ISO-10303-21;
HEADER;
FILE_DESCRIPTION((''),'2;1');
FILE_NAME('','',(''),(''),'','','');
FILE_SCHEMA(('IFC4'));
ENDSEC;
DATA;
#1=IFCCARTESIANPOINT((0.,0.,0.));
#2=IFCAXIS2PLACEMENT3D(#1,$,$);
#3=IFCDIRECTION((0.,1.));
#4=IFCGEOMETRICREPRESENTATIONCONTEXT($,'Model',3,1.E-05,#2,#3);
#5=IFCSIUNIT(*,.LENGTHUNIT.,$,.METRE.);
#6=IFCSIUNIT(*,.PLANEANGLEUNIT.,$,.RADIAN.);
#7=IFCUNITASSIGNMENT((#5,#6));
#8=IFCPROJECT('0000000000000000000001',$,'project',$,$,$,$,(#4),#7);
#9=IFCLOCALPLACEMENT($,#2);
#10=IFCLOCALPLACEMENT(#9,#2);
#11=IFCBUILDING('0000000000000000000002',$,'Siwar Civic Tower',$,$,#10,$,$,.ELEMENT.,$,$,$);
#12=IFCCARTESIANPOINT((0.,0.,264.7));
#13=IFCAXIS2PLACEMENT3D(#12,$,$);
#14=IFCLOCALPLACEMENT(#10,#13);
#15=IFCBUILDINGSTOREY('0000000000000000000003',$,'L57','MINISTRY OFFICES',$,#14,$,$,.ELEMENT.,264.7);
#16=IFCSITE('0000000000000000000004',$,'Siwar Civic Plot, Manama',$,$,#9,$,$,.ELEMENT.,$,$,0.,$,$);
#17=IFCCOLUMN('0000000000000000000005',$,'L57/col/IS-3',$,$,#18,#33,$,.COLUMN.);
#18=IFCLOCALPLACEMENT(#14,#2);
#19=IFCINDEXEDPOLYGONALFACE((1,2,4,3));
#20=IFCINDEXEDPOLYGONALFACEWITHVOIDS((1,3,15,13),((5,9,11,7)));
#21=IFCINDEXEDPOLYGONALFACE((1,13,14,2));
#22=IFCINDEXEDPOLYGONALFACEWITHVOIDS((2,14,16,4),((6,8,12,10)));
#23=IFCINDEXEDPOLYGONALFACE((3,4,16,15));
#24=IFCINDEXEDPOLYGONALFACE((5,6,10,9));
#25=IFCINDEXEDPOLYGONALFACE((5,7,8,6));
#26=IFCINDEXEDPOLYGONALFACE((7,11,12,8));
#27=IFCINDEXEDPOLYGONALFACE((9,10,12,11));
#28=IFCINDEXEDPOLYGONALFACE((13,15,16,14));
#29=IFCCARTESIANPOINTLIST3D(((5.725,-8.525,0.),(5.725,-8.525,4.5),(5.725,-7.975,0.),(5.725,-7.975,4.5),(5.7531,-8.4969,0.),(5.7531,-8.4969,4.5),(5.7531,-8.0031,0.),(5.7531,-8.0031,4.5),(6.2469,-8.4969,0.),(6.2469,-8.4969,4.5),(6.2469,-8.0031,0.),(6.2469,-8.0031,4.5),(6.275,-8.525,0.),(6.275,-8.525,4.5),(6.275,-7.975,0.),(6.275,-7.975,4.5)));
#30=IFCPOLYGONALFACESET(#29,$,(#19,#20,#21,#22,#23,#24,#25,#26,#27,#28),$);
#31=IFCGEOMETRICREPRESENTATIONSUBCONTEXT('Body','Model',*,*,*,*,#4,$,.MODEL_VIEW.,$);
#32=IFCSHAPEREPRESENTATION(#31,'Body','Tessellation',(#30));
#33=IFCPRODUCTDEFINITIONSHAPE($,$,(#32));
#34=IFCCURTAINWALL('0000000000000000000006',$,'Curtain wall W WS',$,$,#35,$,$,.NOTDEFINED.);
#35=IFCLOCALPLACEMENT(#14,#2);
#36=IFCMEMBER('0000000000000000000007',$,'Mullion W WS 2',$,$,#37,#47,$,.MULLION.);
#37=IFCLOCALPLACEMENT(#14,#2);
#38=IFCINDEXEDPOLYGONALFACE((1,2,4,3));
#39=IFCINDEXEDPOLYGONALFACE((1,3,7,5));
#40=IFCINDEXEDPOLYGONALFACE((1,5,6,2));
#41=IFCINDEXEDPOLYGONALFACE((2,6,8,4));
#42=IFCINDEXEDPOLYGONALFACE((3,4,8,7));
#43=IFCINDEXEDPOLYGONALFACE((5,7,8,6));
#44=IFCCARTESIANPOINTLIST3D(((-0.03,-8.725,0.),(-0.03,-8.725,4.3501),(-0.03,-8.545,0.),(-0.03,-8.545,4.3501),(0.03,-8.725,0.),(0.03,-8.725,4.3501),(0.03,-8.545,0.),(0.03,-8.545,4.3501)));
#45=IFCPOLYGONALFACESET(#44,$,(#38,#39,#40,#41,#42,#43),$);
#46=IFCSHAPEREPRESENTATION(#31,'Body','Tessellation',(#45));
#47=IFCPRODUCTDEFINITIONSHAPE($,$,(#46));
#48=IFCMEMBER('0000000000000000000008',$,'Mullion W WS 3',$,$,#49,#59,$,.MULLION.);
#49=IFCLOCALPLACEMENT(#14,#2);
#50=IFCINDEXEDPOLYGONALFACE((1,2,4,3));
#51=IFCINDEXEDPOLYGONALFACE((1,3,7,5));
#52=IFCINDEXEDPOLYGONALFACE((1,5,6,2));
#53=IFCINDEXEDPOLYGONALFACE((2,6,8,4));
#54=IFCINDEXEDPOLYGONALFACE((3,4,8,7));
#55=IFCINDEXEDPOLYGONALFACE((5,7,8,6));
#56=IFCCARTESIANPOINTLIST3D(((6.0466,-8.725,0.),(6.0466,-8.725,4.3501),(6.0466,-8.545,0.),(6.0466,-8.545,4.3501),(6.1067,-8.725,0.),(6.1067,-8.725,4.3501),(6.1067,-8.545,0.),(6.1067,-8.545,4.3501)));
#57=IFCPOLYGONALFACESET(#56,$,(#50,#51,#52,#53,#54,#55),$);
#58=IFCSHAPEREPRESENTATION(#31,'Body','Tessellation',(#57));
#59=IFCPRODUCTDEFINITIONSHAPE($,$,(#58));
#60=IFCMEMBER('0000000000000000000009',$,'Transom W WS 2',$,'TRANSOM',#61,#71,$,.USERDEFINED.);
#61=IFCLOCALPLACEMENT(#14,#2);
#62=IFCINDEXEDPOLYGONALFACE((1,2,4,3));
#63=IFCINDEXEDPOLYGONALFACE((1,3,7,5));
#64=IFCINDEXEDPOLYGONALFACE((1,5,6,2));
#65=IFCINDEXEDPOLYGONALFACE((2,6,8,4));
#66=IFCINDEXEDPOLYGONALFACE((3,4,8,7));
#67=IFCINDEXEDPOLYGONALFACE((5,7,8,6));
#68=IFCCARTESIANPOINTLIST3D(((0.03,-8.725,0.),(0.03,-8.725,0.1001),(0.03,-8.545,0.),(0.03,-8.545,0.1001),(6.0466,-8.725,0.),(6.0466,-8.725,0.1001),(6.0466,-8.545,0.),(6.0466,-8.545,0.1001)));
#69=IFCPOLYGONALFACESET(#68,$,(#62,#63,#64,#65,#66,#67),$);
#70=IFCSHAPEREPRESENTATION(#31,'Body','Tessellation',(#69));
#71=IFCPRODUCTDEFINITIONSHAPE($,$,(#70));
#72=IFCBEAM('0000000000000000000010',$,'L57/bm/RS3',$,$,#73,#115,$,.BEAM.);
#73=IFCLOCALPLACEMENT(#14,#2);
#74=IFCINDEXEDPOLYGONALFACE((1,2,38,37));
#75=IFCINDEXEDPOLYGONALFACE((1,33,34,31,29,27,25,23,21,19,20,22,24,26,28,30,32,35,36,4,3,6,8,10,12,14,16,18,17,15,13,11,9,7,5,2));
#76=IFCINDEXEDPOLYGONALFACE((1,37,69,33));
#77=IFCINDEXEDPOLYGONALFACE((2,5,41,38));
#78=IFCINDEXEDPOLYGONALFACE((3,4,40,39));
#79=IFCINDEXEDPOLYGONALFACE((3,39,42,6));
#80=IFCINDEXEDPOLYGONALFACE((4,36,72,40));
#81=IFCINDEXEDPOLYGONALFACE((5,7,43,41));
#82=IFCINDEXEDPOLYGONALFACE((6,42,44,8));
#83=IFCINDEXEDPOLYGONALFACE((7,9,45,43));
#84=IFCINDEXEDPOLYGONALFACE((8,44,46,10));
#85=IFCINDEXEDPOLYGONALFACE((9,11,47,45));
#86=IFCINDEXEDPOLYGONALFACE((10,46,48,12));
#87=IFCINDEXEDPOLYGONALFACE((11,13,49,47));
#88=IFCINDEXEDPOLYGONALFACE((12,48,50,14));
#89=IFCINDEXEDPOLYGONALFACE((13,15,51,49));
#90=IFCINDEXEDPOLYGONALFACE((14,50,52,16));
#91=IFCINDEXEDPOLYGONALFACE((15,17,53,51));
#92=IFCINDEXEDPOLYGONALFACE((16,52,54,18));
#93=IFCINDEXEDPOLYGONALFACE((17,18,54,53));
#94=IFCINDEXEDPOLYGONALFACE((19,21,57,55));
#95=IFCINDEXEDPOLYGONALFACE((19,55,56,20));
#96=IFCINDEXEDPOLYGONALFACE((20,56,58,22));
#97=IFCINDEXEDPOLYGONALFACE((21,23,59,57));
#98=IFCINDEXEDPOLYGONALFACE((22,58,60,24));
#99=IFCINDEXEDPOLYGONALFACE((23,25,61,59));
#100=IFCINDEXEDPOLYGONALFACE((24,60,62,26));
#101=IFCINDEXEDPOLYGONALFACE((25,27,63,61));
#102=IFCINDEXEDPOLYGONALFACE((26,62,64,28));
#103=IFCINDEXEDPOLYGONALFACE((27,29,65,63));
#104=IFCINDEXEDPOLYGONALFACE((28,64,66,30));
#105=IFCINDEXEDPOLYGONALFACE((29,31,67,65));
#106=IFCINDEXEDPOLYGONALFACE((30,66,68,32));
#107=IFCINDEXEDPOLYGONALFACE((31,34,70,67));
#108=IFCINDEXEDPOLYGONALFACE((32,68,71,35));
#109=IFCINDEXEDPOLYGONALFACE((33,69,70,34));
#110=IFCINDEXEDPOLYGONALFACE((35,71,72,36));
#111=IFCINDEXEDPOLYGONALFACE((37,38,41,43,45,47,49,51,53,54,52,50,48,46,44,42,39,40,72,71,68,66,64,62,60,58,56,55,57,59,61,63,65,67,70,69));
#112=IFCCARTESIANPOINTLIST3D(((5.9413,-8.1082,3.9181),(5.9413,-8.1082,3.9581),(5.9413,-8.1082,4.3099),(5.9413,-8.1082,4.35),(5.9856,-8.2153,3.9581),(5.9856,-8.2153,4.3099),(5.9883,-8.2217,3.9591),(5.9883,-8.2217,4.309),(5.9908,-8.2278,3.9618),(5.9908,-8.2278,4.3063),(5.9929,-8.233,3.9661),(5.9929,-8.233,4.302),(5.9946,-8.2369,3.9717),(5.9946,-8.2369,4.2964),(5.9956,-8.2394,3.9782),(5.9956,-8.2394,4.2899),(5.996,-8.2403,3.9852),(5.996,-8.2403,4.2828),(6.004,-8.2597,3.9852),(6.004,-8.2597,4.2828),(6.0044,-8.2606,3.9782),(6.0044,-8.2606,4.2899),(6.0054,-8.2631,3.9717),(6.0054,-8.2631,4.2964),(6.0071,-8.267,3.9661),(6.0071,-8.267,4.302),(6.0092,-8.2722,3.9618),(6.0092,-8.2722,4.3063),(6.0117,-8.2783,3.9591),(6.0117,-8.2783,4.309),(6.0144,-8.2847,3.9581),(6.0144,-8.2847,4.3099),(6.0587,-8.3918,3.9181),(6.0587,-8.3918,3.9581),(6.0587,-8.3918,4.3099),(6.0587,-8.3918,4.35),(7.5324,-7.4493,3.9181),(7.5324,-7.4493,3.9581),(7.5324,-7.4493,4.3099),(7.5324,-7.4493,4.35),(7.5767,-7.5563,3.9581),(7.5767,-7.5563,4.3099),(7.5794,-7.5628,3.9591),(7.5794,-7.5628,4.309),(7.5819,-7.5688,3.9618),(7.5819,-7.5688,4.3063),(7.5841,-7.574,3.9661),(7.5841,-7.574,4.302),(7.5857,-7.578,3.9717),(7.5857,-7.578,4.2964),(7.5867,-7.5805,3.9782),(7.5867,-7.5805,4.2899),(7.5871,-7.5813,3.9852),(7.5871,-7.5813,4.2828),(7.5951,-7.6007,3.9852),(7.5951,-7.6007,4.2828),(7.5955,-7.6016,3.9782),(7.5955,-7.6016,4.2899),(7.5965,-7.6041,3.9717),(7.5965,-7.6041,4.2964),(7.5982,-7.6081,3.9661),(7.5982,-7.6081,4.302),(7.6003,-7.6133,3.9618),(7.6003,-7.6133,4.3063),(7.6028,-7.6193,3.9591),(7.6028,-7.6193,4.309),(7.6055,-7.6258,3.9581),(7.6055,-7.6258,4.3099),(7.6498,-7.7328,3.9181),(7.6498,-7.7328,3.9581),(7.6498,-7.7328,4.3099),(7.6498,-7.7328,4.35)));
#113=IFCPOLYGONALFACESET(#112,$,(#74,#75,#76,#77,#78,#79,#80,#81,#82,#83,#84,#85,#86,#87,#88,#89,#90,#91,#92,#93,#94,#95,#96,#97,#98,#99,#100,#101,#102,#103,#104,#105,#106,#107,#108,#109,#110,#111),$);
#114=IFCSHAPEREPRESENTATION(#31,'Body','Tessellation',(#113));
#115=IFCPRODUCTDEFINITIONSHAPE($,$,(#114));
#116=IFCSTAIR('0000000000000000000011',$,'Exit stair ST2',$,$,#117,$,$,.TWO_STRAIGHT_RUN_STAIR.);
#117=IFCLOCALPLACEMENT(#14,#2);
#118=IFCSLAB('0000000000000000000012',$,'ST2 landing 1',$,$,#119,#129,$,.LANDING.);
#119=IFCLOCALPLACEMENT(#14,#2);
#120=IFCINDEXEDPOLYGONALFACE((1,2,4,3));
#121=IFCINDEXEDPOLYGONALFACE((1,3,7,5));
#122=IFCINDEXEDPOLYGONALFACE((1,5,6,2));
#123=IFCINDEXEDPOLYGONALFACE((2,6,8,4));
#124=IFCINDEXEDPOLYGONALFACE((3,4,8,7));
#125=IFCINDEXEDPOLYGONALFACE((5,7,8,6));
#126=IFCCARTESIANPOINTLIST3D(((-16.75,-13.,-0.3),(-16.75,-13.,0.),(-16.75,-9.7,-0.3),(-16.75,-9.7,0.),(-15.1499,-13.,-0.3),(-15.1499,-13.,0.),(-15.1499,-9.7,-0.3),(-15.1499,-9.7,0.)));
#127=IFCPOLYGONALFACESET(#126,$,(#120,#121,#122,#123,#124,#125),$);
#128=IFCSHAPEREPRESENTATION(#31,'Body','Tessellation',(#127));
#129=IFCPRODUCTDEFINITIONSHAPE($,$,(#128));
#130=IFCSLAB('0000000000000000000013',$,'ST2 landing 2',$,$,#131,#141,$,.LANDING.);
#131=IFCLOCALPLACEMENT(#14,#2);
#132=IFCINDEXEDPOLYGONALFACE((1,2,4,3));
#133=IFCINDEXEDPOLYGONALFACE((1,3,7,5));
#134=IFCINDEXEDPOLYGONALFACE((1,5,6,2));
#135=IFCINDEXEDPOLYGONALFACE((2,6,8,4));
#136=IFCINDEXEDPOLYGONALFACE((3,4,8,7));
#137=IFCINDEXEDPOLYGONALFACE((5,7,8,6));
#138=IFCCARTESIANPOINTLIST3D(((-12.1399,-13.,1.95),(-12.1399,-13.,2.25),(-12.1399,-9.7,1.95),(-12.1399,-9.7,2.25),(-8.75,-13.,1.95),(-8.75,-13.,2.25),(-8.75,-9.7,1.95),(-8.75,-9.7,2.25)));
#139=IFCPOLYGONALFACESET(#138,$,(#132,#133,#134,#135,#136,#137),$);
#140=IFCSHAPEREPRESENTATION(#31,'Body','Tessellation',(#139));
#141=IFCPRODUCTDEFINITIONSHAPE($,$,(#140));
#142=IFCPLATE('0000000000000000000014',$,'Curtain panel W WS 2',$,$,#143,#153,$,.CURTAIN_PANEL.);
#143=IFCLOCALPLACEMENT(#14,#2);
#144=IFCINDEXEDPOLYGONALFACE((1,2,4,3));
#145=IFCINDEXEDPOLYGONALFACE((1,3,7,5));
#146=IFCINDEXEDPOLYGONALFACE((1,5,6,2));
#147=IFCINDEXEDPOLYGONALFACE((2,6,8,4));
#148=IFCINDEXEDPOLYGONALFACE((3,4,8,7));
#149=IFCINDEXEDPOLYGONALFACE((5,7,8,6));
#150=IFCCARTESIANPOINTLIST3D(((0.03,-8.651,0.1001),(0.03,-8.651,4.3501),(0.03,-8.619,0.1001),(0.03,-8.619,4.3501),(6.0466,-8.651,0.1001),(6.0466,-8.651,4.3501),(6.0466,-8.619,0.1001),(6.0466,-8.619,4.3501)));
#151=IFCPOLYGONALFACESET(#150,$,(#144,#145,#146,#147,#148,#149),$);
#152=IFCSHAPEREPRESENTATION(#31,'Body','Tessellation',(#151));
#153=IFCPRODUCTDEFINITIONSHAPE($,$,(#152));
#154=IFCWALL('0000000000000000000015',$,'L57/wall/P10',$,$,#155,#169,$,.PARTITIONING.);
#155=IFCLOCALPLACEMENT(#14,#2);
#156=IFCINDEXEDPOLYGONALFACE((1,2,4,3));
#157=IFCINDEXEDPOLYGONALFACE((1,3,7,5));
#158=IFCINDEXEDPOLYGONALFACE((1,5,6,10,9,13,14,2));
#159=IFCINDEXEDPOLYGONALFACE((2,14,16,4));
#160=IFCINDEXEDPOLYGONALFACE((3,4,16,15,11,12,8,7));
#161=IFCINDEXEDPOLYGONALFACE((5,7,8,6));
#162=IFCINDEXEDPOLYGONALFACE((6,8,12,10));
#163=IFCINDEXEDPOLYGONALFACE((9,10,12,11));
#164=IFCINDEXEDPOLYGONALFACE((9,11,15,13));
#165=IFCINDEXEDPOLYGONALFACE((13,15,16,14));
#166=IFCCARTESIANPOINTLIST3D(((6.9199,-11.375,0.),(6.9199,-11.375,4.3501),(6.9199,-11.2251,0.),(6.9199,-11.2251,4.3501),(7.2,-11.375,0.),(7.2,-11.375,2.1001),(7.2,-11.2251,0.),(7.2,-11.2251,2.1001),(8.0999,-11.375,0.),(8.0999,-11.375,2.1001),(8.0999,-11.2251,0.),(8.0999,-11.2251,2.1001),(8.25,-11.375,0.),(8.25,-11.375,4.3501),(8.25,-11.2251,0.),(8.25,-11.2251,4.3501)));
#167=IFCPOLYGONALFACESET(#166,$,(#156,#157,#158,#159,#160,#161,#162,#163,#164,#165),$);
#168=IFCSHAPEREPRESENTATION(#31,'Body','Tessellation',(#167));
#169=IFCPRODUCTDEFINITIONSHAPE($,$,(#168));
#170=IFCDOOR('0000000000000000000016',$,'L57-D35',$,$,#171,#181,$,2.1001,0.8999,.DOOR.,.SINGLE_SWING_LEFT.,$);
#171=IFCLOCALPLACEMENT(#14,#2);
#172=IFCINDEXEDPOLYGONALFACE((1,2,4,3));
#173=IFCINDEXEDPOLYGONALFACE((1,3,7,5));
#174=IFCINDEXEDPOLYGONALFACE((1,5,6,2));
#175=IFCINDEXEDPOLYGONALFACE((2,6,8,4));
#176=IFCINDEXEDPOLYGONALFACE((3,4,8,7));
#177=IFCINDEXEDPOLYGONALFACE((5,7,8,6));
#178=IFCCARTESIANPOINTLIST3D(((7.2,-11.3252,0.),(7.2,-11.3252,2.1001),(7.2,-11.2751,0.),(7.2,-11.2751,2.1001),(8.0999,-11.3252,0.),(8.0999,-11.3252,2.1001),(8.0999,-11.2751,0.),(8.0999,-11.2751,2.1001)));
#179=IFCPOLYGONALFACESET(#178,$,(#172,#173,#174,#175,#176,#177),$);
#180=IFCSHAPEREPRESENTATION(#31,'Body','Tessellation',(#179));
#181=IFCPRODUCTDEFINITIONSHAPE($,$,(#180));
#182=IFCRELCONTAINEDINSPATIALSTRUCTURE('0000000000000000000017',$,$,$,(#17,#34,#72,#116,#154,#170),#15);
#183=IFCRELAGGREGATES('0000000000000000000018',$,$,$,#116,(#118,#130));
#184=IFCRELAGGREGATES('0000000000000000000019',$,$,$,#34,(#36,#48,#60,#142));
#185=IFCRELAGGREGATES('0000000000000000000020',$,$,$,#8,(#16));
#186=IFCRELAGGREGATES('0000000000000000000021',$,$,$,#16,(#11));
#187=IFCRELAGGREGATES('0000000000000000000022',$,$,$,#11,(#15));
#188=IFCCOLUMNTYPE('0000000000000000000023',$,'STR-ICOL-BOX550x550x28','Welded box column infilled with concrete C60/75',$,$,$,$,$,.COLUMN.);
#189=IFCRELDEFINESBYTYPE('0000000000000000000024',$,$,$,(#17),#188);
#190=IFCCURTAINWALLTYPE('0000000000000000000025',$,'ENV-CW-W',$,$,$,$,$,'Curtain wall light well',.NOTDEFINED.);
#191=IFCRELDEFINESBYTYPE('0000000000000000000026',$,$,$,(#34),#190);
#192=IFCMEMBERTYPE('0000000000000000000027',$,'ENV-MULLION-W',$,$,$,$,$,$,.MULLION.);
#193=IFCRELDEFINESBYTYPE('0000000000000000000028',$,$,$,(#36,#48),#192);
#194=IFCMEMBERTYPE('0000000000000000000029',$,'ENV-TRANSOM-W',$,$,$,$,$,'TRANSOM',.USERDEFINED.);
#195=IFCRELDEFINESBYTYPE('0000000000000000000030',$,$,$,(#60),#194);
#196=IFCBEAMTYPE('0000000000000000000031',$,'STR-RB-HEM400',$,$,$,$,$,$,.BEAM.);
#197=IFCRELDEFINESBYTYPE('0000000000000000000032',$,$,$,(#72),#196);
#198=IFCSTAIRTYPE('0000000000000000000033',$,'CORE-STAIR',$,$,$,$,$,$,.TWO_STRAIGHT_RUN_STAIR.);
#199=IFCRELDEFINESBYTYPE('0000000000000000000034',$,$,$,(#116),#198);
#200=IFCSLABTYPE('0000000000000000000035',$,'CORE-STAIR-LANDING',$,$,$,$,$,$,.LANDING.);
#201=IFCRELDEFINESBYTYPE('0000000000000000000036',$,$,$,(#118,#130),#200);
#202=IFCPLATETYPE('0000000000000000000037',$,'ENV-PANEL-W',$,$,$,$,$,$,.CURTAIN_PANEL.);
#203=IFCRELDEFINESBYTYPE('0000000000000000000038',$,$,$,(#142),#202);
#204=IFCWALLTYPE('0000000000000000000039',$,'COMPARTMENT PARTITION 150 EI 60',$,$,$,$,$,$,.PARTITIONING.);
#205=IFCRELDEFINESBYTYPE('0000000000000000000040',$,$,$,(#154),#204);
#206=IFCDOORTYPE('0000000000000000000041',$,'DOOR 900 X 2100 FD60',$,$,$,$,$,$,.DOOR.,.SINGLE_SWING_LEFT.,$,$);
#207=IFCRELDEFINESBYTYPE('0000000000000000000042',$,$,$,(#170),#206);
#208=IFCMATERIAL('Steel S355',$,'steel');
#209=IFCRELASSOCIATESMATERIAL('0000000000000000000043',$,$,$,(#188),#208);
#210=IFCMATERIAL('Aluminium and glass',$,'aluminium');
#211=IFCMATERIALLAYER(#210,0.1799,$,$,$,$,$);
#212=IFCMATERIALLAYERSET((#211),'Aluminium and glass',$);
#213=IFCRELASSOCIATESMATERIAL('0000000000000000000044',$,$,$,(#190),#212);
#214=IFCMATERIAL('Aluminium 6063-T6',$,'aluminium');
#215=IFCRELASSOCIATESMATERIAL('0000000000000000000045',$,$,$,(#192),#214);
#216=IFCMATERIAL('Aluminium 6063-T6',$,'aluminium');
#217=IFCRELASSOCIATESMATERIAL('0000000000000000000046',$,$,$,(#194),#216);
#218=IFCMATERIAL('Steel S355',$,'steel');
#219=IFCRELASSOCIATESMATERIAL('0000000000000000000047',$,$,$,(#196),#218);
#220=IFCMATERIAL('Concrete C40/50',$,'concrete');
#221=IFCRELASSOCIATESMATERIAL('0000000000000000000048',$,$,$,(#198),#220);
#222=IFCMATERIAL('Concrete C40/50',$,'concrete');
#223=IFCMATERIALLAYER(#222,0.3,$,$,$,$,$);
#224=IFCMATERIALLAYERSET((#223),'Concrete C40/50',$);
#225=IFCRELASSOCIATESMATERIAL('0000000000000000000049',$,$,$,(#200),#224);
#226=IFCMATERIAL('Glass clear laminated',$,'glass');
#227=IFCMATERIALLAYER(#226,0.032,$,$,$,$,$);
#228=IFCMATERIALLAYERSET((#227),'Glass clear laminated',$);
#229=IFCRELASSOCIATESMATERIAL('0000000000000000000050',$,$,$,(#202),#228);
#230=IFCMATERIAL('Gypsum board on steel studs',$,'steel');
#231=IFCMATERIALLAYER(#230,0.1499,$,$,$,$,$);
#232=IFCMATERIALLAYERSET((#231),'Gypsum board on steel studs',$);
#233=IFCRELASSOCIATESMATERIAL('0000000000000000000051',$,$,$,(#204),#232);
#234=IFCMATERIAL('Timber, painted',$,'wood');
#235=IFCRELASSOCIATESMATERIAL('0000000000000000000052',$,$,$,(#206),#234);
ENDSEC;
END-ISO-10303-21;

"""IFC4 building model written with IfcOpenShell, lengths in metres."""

from ifc_helpers import new_model, si_unit, direction, frame, frame_2d, origin, origin_2d, place, context, subcontext, project, spatial, polyline, rectangle, hollow_rectangle, i_section, outline, extrude, material, layer, layer_set, material_profile, profile_set, type_object, element, fill, aggregate, save


model = new_model("IFC4")

# Units and contexts
model_context = context("Model", 3, precision=1e-05, world=origin(), true_north=direction((0.0, 1.0)))
body_context = subcontext(model_context, "Body", "Model", "MODEL_VIEW")
ifc_project = project(units=[si_unit("LENGTHUNIT", "METRE"), si_unit("PLANEANGLEUNIT", "RADIAN")], contexts=[model_context])

# Site, building, storey
site_placement = place(None, origin())
site = spatial("IfcSite", under=ifc_project, at=site_placement, Name="Siwar Civic Plot, Manama", CompositionType="ELEMENT", RefElevation=0.0)
building_placement = place(site_placement, origin())
building = spatial("IfcBuilding", under=site, at=building_placement, Name="Siwar Civic Tower", CompositionType="ELEMENT")
storey_placement = place(building_placement, frame((0.0, 0.0, 264.7)))
storey = spatial("IfcBuildingStorey", under=building, at=storey_placement, Name="L57", Description="MINISTRY OFFICES", CompositionType="ELEMENT", Elevation=264.7)

# Column
ifc_material_1 = material(Name="Steel S355", Category="steel")
ifc_material_profile_1 = material_profile(ifc_material_1, hollow_rectangle(XDim=0.55, YDim=0.55, WallThickness=0.0281, at=origin_2d()), Name="BOX550x550x28")
ifc_profile_set_1 = profile_set([ifc_material_profile_1], Name="Steel S355")
column_type = type_object("IfcColumnType", Name="STR-ICOL-BOX550x550x28", Description="Welded box column infilled with concrete C60/75", PredefinedType="COLUMN", material=ifc_profile_set_1)
column_placement = place(storey_placement, frame((6.0, -8.25, 0.0), z_axis=(0.0, 0.0, 1.0), x_axis=(1.0, 0.0, 0.0)))
element("IfcColumn", 1, at=column_placement, inside=storey, type_object=column_type, Name="L57/col/IS-3", PredefinedType="COLUMN", context=body_context, shape_type="SweptSolid", body=[
    extrude(hollow_rectangle(XDim=0.55, YDim=0.55, WallThickness=0.0281, at=origin_2d()), origin(), (0.0, 0.0, 1.0), 4.5),
])

# Curtain wall, members
ifc_material_2 = material(Name="Aluminium and glass", Category="aluminium")
ifc_layer_1 = layer(ifc_material_2, 0.1799)
ifc_layer_set_1 = layer_set([ifc_layer_1], Name="Aluminium and glass")
curtain_wall_type = type_object("IfcCurtainWallType", Name="ENV-CW-W", ElementType="Curtain wall light well", PredefinedType="NOTDEFINED", material=ifc_layer_set_1)
curtain_wall_placement = place(storey_placement, origin())
curtain_wall = element("IfcCurtainWall", 2, at=curtain_wall_placement, inside=storey, type_object=curtain_wall_type, Name="Curtain wall W WS", PredefinedType="NOTDEFINED")
ifc_material_3 = material(Name="Aluminium 6063-T6", Category="aluminium")
ifc_material_profile_2 = material_profile(ifc_material_3, rectangle(XDim=0.1799, YDim=0.0601, at=origin_2d()), Name="AL 180x60")
ifc_profile_set_2 = profile_set([ifc_material_profile_2], Name="Aluminium 6063-T6")
member_type_1 = type_object("IfcMemberType", Name="ENV-MULLION-W", PredefinedType="MULLION", material=ifc_profile_set_2)
member_1_placement = place(storey_placement, frame((0.0, -8.635, 0.0), z_axis=(0.0, 0.0, 1.0), x_axis=(0.0, 1.0, 0.0)))
member_1 = element("IfcMember", 3, at=member_1_placement, type_object=member_type_1, Name="Mullion W WS 2", PredefinedType="MULLION", context=body_context, shape_type="SweptSolid", body=[
    extrude(rectangle(XDim=0.1799, YDim=0.0601, at=origin_2d()), origin(), (0.0, 0.0, 1.0), 4.3501),
])
member_2_placement = place(storey_placement, frame((6.0767, -8.635, 0.0), z_axis=(0.0, 0.0, 1.0), x_axis=(0.0, 1.0, 0.0)))
member_2 = element("IfcMember", 4, at=member_2_placement, type_object=member_type_1, Name="Mullion W WS 3", PredefinedType="MULLION", context=body_context, shape_type="SweptSolid", body=[
    extrude(rectangle(XDim=0.1799, YDim=0.0601, at=origin_2d()), origin(), (0.0, 0.0, 1.0), 4.3501),
])
ifc_material_4 = material(Name="Aluminium 6063-T6", Category="aluminium")
ifc_material_profile_3 = material_profile(ifc_material_4, rectangle(XDim=0.1799, YDim=0.1001, at=origin_2d()), Name="AL 180x100")
ifc_profile_set_3 = profile_set([ifc_material_profile_3], Name="Aluminium 6063-T6")
member_type_2 = type_object("IfcMemberType", Name="ENV-TRANSOM-W", ElementType="TRANSOM", PredefinedType="USERDEFINED", material=ifc_profile_set_3)
member_3_placement = place(storey_placement, frame((0.03, -8.635, 0.05), z_axis=(1.0, 0.0, 0.0), x_axis=(0.0, 1.0, 0.0)))
member_3 = element("IfcMember", 5, at=member_3_placement, type_object=member_type_2, Name="Transom W WS 2", ObjectType="TRANSOM", PredefinedType="USERDEFINED", context=body_context, shape_type="SweptSolid", body=[
    extrude(rectangle(XDim=0.1799, YDim=0.1001, at=origin_2d()), origin(), (0.0, 0.0, 1.0), 6.0166),
])

# Beam
ifc_material_5 = material(Name="Steel S355", Category="steel")
ifc_material_profile_4 = material_profile(ifc_material_5, i_section(OverallWidth=0.3069, OverallDepth=0.4319, WebThickness=0.021, FlangeThickness=0.04, FilletRadius=0.0271, at=origin_2d()), Name="HEM400")
ifc_profile_set_4 = profile_set([ifc_material_profile_4], Name="Steel S355")
beam_type = type_object("IfcBeamType", Name="STR-RB-HEM400", PredefinedType="BEAM", material=ifc_profile_set_4)
beam_placement = place(storey_placement, frame((6.0, -8.25, 4.134), z_axis=(0.923901, 0.382631, 0.0), x_axis=(-0.382631, 0.923901, 0.0)))
element("IfcBeam", 6, at=beam_placement, inside=storey, type_object=beam_type, Name="L57/bm/RS3", PredefinedType="BEAM", context=body_context, shape_type="SweptSolid", body=[
    extrude(i_section(OverallWidth=0.3069, OverallDepth=0.4319, WebThickness=0.021, FlangeThickness=0.04, FilletRadius=0.0271, at=origin_2d()), origin(), (0.0, 0.0, 1.0), 1.7222),
])

# Stair, slabs
ifc_material_6 = material(Name="Concrete C40/50", Category="concrete")
stair_type = type_object("IfcStairType", Name="CORE-STAIR", PredefinedType="TWO_STRAIGHT_RUN_STAIR", material=ifc_material_6)
stair_placement = place(storey_placement, origin())
stair = element("IfcStair", 7, at=stair_placement, inside=storey, type_object=stair_type, Name="Exit stair ST2", PredefinedType="TWO_STRAIGHT_RUN_STAIR")
ifc_material_7 = material(Name="Concrete C40/50", Category="concrete")
ifc_layer_2 = layer(ifc_material_7, 0.3)
ifc_layer_set_2 = layer_set([ifc_layer_2], Name="Concrete C40/50")
slab_type = type_object("IfcSlabType", Name="CORE-STAIR-LANDING", PredefinedType="LANDING", material=ifc_layer_set_2)
slab_1_placement = place(storey_placement, frame((0.0, 0.0, -0.3)))
slab_1 = element("IfcSlab", 8, at=slab_1_placement, type_object=slab_type, Name="ST2 landing 1", PredefinedType="LANDING", context=body_context, shape_type="SweptSolid", body=[
    extrude(outline(polyline([(-15.1499, -9.7), (-16.75, -9.7), (-16.75, -13.0), (-15.1499, -13.0), (-15.1499, -9.7)])), origin(), (0.0, 0.0, 1.0), 0.3),
])
slab_2_placement = place(storey_placement, frame((0.0, 0.0, 1.95)))
slab_2 = element("IfcSlab", 9, at=slab_2_placement, type_object=slab_type, Name="ST2 landing 2", PredefinedType="LANDING", context=body_context, shape_type="SweptSolid", body=[
    extrude(outline(polyline([(-8.75, -9.7), (-12.1399, -9.7), (-12.1399, -13.0), (-8.75, -13.0), (-8.75, -9.7)])), origin(), (0.0, 0.0, 1.0), 0.3),
])
aggregate(stair, [slab_1, slab_2])

# Plate
ifc_material_8 = material(Name="Glass clear laminated", Category="glass")
ifc_layer_3 = layer(ifc_material_8, 0.032)
ifc_layer_set_3 = layer_set([ifc_layer_3], Name="Glass clear laminated")
plate_type = type_object("IfcPlateType", Name="ENV-PANEL-W", PredefinedType="CURTAIN_PANEL", material=ifc_layer_set_3)
plate_placement = place(storey_placement, frame((3.0383, -8.635, 0.1001), z_axis=(0.0, 0.0, 1.0), x_axis=(1.0, 0.0, 0.0)))
plate = element("IfcPlate", 10, at=plate_placement, type_object=plate_type, Name="Curtain panel W WS 2", PredefinedType="CURTAIN_PANEL", context=body_context, shape_type="SweptSolid", body=[
    extrude(rectangle(XDim=6.0166, YDim=0.032, at=origin_2d()), origin(), (0.0, 0.0, 1.0), 4.25),
])
aggregate(curtain_wall, [member_1, member_2, member_3, plate])

# Wall, opening, door
ifc_material_9 = material(Name="Gypsum board on steel studs", Category="steel")
ifc_layer_4 = layer(ifc_material_9, 0.1499)
ifc_layer_set_4 = layer_set([ifc_layer_4], Name="Gypsum board on steel studs")
wall_type_1 = type_object("IfcWallType", Name="COMPARTMENT PARTITION 150 EI 60", PredefinedType="PARTITIONING", material=ifc_layer_set_4)
wall_1_placement = place(storey_placement, frame((6.9199, -11.3, 0.0), z_axis=(0.0, 0.0, 1.0), x_axis=(1.0, 0.0, 0.0)))
wall_1 = element("IfcWall", 11, at=wall_1_placement, inside=storey, type_object=wall_type_1, Name="L57/wall/P10", PredefinedType="PARTITIONING", context=body_context, shape_type="SweptSolid", body=[
    extrude(rectangle(XDim=1.3301, YDim=0.1499, at=frame_2d((0.665, 0.0))), origin(), (0.0, 0.0, 1.0), 4.3501),
])
opening_placement = place(wall_1_placement, frame((0.28, 0.0, 0.0)))
opening = element("IfcOpeningElement", 12, at=opening_placement, cuts=wall_1, PredefinedType="OPENING", context=body_context, shape_type="SweptSolid", body=[
    extrude(rectangle(XDim=0.8999, YDim=2.1001, at=frame_2d((0.45, 1.05))), frame((0.0, 0.085, 0.0), z_axis=(0.0, -1.0, 0.0), x_axis=(1.0, 0.0, 0.0)), (0.0, 0.0, 1.0), 0.1699),
])
ifc_material_10 = material(Name="Timber, painted", Category="wood")
door_type = type_object("IfcDoorType", Name="DOOR 900 X 2100 FD60", OperationType="SINGLE_SWING_LEFT", PredefinedType="DOOR", material=ifc_material_10)
door_placement = place(opening_placement, origin())
door = element("IfcDoor", 13, at=door_placement, inside=storey, type_object=door_type, Name="L57-D35", OperationType="SINGLE_SWING_LEFT", OverallHeight=2.1001, OverallWidth=0.8999, PredefinedType="DOOR", context=body_context, shape_type="SweptSolid", body=[
    extrude(rectangle(XDim=0.8999, YDim=2.1001, at=frame_2d((0.45, 1.05))), frame((0.0, 0.0249, 0.0), z_axis=(0.0, -1.0, 0.0), x_axis=(1.0, 0.0, 0.0)), (0.0, 0.0, 1.0), 0.05),
])
fill(opening, door)

save(model, "model.ifc")
